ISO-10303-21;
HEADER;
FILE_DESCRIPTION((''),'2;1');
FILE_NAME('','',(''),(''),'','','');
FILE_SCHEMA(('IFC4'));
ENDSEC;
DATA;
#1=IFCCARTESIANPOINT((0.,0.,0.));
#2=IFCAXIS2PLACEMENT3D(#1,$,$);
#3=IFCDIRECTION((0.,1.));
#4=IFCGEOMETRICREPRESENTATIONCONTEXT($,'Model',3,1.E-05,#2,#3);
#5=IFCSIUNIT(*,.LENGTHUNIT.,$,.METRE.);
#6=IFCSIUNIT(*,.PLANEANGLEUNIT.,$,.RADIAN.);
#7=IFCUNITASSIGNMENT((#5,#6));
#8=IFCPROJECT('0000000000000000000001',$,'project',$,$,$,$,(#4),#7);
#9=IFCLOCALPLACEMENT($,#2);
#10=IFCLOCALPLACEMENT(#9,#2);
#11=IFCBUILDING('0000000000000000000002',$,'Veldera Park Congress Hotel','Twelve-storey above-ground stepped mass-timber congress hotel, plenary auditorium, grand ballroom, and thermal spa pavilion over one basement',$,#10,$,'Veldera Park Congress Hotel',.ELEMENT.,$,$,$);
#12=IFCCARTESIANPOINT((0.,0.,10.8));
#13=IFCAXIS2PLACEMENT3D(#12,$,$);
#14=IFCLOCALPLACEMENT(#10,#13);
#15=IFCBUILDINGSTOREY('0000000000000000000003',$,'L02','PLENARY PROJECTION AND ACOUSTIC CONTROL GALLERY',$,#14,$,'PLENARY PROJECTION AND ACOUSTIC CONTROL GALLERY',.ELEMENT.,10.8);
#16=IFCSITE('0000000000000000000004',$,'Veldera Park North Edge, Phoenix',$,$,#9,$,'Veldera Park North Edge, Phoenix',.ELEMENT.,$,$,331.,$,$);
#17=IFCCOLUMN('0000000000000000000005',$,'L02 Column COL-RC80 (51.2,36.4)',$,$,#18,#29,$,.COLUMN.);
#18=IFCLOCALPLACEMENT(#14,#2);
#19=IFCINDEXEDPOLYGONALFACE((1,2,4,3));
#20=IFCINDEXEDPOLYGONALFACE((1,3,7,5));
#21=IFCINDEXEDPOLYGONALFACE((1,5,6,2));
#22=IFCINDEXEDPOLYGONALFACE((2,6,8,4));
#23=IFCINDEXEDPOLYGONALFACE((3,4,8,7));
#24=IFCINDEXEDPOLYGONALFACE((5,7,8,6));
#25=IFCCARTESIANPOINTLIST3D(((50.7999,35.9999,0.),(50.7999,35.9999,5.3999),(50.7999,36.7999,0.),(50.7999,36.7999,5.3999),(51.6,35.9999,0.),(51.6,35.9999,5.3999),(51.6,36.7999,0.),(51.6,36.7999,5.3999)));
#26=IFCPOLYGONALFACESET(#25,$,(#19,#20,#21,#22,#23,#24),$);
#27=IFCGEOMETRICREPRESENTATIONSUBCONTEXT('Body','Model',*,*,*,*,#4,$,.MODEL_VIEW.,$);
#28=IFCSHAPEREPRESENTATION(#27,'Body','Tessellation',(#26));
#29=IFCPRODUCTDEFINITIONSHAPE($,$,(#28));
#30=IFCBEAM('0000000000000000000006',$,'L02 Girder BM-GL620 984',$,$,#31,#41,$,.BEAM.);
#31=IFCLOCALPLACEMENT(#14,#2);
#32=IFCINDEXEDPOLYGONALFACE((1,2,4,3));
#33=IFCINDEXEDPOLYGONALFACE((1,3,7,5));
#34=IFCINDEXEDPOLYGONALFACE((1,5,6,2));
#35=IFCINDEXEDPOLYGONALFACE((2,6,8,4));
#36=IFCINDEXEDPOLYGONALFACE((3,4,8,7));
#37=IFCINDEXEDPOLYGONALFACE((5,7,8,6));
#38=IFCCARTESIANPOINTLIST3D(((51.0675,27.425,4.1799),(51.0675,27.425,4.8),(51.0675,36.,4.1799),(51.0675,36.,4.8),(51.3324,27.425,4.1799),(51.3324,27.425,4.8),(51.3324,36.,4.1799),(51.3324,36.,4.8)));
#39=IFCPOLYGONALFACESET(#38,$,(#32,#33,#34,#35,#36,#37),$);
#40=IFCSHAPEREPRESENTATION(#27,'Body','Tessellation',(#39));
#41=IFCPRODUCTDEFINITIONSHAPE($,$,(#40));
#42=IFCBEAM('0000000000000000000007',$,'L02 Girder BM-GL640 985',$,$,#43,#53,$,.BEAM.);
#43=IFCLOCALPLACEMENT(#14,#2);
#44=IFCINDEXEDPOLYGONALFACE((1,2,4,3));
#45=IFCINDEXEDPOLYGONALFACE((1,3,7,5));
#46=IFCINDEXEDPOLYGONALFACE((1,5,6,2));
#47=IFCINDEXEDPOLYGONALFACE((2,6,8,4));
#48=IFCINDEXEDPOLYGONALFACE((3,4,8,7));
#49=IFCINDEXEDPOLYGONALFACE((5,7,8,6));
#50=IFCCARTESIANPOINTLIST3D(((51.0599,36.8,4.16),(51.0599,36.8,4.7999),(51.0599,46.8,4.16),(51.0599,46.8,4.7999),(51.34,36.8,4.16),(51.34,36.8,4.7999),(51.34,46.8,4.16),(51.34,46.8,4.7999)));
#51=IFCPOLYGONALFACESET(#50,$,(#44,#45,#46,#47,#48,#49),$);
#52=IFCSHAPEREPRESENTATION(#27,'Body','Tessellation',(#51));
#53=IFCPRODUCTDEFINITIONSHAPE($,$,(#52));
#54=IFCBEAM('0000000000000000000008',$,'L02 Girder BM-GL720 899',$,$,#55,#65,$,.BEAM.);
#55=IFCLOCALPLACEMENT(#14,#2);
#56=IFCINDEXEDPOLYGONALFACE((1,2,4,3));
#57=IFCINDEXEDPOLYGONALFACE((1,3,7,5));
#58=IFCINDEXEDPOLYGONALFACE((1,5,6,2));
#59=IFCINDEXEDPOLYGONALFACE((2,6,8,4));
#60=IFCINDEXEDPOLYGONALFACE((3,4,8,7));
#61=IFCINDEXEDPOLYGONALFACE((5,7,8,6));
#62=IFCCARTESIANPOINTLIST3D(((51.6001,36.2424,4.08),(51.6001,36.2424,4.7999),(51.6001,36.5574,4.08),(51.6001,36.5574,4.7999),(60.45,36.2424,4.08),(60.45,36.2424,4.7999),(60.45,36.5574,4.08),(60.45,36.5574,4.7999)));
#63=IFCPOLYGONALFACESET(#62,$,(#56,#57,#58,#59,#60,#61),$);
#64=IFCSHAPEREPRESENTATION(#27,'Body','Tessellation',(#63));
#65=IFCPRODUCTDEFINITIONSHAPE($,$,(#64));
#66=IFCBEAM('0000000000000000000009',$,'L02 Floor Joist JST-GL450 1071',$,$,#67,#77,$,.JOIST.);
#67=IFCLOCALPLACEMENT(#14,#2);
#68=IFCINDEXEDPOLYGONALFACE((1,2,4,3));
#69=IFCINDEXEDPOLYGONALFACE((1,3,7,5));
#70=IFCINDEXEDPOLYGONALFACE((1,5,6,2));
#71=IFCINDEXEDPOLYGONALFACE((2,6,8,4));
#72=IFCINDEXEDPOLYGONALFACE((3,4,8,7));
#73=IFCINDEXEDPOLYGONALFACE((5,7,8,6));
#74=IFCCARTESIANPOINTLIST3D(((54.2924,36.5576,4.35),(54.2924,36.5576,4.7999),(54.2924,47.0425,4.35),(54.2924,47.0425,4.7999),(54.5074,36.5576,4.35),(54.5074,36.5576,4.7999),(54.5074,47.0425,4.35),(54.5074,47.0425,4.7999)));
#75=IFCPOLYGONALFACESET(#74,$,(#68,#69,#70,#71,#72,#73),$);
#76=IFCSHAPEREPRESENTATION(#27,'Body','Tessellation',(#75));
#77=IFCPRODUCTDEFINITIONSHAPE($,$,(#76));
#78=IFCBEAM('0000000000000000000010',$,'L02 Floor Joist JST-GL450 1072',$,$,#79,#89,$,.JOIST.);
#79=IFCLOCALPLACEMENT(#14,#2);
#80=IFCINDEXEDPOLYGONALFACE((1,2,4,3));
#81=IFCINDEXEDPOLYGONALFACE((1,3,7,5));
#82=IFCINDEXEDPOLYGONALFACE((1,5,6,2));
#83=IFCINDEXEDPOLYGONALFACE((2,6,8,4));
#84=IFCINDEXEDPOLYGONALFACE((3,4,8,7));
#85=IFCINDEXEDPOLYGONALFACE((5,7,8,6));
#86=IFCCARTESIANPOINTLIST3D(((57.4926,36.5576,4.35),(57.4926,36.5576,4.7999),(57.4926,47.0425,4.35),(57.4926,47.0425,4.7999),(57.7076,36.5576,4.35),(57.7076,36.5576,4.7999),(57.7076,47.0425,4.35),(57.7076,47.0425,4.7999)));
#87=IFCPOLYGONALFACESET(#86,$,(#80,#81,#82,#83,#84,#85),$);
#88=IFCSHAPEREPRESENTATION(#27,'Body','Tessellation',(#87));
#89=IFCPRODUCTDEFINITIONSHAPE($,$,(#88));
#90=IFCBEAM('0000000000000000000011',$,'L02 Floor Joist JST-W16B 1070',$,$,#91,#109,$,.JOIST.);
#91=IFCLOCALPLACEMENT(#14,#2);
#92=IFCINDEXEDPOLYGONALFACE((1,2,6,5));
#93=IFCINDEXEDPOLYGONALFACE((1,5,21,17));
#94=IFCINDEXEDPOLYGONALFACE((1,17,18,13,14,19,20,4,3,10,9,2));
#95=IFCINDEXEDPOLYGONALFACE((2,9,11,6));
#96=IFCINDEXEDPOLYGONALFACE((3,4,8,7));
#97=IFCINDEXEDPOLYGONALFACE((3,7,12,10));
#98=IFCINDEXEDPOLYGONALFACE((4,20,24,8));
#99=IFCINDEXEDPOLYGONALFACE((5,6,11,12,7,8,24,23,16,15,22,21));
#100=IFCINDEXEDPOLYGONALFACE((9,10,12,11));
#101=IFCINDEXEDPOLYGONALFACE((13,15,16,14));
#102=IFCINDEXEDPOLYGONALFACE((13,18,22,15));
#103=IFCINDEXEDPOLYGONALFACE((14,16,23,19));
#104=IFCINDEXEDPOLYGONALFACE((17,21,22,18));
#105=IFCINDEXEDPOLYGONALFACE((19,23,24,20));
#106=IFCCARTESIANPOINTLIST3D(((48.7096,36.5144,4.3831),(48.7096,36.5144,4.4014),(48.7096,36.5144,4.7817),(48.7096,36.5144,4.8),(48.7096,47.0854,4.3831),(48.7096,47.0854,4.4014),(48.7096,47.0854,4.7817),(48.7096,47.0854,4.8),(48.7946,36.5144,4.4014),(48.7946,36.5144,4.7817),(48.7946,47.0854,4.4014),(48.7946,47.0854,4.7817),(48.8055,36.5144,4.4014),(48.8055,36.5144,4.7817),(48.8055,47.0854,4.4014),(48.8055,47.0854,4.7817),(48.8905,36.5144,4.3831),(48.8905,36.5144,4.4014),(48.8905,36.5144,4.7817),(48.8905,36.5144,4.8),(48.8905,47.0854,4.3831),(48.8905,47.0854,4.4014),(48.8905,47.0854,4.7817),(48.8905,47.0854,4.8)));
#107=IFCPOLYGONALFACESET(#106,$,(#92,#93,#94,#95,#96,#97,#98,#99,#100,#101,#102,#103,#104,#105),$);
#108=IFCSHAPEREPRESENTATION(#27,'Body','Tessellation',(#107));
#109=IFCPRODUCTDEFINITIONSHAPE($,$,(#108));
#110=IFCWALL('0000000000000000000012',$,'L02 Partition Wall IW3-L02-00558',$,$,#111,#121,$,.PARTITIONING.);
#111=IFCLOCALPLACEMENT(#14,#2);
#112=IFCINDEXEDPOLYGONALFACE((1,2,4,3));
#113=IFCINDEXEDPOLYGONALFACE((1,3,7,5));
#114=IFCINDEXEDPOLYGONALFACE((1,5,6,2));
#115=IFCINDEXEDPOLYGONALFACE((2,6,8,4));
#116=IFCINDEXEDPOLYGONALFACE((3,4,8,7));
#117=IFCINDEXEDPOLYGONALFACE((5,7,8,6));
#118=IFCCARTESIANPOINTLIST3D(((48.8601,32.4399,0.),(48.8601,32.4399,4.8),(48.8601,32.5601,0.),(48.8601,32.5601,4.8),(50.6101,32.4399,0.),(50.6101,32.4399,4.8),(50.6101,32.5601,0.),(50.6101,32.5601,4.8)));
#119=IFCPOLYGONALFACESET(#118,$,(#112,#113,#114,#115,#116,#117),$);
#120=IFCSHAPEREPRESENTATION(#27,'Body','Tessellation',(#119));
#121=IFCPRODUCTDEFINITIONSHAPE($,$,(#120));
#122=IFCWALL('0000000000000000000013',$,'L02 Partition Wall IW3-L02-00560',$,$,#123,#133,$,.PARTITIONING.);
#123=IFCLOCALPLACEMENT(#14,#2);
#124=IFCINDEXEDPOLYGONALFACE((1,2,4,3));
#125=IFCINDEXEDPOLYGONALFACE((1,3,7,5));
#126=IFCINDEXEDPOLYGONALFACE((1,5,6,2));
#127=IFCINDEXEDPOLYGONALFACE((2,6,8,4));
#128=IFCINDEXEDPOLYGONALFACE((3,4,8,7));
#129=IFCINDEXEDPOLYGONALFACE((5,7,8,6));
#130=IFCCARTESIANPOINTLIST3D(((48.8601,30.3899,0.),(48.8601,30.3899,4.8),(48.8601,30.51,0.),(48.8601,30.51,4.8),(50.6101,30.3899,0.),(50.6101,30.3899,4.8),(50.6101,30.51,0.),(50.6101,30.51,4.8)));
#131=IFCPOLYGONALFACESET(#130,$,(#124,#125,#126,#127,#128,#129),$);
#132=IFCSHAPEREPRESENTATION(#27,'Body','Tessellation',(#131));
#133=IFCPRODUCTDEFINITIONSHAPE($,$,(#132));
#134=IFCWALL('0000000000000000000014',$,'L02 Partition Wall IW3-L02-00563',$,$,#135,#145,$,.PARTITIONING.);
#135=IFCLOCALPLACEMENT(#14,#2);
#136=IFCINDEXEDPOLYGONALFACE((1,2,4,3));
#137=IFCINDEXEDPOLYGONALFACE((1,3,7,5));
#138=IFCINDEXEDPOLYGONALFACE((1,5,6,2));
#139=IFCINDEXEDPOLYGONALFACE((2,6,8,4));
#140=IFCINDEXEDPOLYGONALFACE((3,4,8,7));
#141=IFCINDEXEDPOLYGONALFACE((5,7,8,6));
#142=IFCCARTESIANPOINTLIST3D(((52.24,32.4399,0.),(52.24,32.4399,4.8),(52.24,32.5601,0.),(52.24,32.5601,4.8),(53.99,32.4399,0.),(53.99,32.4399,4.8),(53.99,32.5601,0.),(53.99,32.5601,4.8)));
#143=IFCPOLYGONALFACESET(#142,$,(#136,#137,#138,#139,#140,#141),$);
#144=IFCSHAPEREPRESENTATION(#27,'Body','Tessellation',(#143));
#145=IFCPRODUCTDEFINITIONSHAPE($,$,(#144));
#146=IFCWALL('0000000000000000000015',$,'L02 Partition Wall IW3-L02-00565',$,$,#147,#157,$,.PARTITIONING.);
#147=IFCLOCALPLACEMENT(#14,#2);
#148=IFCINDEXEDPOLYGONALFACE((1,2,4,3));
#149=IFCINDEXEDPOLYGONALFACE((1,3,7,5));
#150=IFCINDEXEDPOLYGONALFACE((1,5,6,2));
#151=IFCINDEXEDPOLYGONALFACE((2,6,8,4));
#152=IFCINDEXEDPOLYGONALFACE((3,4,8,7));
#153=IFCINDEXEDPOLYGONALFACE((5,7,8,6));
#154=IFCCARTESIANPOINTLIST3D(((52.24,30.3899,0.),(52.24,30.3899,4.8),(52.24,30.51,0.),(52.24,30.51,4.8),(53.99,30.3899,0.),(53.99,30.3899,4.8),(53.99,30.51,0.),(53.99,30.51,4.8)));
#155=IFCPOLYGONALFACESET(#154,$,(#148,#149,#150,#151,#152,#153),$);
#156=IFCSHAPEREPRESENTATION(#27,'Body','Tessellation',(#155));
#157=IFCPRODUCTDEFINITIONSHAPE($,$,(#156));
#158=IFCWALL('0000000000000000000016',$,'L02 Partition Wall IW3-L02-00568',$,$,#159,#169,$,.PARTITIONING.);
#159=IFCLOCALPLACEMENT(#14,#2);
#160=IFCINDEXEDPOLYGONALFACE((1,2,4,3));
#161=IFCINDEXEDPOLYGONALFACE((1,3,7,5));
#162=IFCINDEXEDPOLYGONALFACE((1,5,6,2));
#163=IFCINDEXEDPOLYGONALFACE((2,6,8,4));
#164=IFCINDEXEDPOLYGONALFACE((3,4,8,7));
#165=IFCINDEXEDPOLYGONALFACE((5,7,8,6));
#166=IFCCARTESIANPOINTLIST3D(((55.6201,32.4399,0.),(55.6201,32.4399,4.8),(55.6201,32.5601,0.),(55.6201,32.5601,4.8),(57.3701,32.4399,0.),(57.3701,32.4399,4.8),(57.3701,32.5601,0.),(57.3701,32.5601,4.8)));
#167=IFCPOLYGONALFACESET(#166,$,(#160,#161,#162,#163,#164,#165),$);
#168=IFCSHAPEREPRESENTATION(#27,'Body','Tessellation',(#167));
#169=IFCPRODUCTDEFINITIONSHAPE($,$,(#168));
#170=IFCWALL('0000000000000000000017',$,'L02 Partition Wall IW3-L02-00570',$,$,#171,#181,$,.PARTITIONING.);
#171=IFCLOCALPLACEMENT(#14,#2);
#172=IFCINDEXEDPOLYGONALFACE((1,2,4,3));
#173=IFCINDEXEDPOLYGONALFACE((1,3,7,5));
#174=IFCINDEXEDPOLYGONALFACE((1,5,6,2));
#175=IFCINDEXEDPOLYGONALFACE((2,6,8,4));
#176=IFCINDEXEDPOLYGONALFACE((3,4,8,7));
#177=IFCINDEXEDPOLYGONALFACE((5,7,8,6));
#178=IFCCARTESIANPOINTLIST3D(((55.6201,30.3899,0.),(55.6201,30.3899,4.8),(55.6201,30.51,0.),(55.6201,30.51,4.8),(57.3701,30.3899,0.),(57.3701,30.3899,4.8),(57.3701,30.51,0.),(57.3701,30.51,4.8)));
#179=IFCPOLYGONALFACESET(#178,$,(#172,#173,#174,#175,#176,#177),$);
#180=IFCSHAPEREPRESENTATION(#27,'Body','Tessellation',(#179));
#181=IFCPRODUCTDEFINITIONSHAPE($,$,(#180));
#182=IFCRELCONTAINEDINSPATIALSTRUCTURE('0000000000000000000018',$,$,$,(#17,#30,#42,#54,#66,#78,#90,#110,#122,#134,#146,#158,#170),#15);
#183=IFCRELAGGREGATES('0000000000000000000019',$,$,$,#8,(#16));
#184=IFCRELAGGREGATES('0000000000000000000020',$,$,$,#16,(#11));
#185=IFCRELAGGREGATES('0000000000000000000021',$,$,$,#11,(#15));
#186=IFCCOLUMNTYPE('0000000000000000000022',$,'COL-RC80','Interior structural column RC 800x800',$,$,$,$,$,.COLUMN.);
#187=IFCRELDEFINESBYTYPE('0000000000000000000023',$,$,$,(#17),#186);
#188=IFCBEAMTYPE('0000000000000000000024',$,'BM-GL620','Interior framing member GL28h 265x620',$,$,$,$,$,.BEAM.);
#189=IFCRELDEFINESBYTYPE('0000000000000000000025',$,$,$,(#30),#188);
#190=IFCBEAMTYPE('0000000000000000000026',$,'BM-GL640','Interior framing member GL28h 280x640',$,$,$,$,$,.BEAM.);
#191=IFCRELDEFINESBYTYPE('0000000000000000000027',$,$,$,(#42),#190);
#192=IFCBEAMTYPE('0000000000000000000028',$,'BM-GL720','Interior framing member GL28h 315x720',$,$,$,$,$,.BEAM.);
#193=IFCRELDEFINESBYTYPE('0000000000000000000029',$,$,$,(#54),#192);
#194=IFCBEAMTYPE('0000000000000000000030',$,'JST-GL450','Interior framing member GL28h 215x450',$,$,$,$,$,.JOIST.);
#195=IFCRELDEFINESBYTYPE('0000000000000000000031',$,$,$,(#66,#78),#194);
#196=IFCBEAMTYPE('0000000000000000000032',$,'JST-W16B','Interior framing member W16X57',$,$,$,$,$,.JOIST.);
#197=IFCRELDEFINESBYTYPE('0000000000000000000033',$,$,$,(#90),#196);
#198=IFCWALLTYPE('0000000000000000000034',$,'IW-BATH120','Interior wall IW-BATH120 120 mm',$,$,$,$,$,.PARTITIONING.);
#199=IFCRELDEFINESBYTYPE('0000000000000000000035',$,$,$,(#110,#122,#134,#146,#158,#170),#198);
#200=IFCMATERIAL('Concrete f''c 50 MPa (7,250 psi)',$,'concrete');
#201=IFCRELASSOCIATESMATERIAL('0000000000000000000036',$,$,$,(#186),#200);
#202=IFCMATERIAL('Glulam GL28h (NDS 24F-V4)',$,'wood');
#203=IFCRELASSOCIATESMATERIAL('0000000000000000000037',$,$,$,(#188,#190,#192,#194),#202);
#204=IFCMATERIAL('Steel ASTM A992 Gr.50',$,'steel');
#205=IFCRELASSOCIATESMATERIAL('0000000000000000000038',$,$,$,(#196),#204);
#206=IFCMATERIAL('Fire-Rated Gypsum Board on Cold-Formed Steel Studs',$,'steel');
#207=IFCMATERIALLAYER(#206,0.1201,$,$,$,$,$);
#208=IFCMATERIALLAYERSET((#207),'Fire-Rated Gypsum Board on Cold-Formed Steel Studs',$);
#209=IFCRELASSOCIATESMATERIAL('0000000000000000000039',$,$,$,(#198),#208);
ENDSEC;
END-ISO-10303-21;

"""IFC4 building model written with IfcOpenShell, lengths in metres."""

from ifc_helpers import new_model, si_unit, direction, frame, frame_2d, origin, origin_2d, place, context, subcontext, project, spatial, rectangle, i_section, extrude, material, layer, layer_set, material_profile, profile_set, type_object, element, save


model = new_model("IFC4")

# Units and contexts
model_context = context("Model", 3, precision=1e-05, world=origin(), true_north=direction((0.0, 1.0)))
body_context = subcontext(model_context, "Body", "Model", "MODEL_VIEW")
ifc_project = project(units=[si_unit("LENGTHUNIT", "METRE"), si_unit("PLANEANGLEUNIT", "RADIAN")], contexts=[model_context])

# Site, building, storey
site_placement = place(None, origin())
site = spatial("IfcSite", under=ifc_project, at=site_placement, Name="Veldera Park North Edge, Phoenix", LongName="Veldera Park North Edge, Phoenix", CompositionType="ELEMENT", RefElevation=331.0)
building_placement = place(site_placement, origin())
building = spatial("IfcBuilding", under=site, at=building_placement, Name="Veldera Park Congress Hotel", Description="Twelve-storey above-ground stepped mass-timber congress hotel, plenary auditorium, grand ballroom, and thermal spa pavilion over one basement", LongName="Veldera Park Congress Hotel", CompositionType="ELEMENT")
storey_placement = place(building_placement, frame((0.0, 0.0, 10.8)))
storey = spatial("IfcBuildingStorey", under=building, at=storey_placement, Name="L02", Description="PLENARY PROJECTION AND ACOUSTIC CONTROL GALLERY", LongName="PLENARY PROJECTION AND ACOUSTIC CONTROL GALLERY", CompositionType="ELEMENT", Elevation=10.8)

# Column
ifc_material_1 = material(Name="Concrete f'c 50 MPa (7,250 psi)", Category="concrete")
ifc_material_profile_1 = material_profile(ifc_material_1, rectangle(XDim=0.8, YDim=0.8, at=origin_2d()), Name="RC 800x800")
ifc_profile_set_1 = profile_set([ifc_material_profile_1], Name="Concrete f'c 50 MPa (7,250 psi)")
column_type = type_object("IfcColumnType", Name="COL-RC80", Description="Interior structural column RC 800x800", PredefinedType="COLUMN", material=ifc_profile_set_1)
column_placement = place(storey_placement, frame((51.2, 36.3999, 0.0), z_axis=(0.0, 0.0, 1.0), x_axis=(1.0, 0.0, 0.0)))
element("IfcColumn", 1, at=column_placement, inside=storey, type_object=column_type, Name="L02 Column COL-RC80 (51.2,36.4)", PredefinedType="COLUMN", context=body_context, shape_type="SweptSolid", body=[
    extrude(rectangle(XDim=0.8, YDim=0.8, at=origin_2d()), origin(), (0.0, 0.0, 1.0), 5.3999),
])

# Beams
ifc_material_2 = material(Name="Glulam GL28h (NDS 24F-V4)", Category="wood")
ifc_material_profile_2 = material_profile(ifc_material_2, rectangle(XDim=0.2649, YDim=0.6201, at=origin_2d()), Name="GL28h 265x620")
ifc_profile_set_2 = profile_set([ifc_material_profile_2], Name="Glulam GL28h (NDS 24F-V4)")
beam_type_1 = type_object("IfcBeamType", Name="BM-GL620", Description="Interior framing member GL28h 265x620", PredefinedType="BEAM", material=ifc_profile_set_2)
beam_1_placement = place(storey_placement, frame((51.2, 27.425, 4.49), z_axis=(0.0, 1.0, 0.0), x_axis=(-1.0, 0.0, 0.0)))
element("IfcBeam", 2, at=beam_1_placement, inside=storey, type_object=beam_type_1, Name="L02 Girder BM-GL620 984", PredefinedType="BEAM", context=body_context, shape_type="SweptSolid", body=[
    extrude(rectangle(XDim=0.2649, YDim=0.6201, at=origin_2d()), origin(), (0.0, 0.0, 1.0), 8.575),
])
ifc_material_profile_3 = material_profile(ifc_material_2, rectangle(XDim=0.28, YDim=0.6399, at=origin_2d()), Name="GL28h 280x640")
ifc_profile_set_3 = profile_set([ifc_material_profile_3], Name="Glulam GL28h (NDS 24F-V4)")
beam_type_2 = type_object("IfcBeamType", Name="BM-GL640", Description="Interior framing member GL28h 280x640", PredefinedType="BEAM", material=ifc_profile_set_3)
beam_2_placement = place(storey_placement, frame((51.2, 36.8, 4.48), z_axis=(0.0, 1.0, 0.0), x_axis=(-1.0, 0.0, 0.0)))
element("IfcBeam", 3, at=beam_2_placement, inside=storey, type_object=beam_type_2, Name="L02 Girder BM-GL640 985", PredefinedType="BEAM", context=body_context, shape_type="SweptSolid", body=[
    extrude(rectangle(XDim=0.28, YDim=0.6399, at=origin_2d()), origin(), (0.0, 0.0, 1.0), 10.0),
])
ifc_material_profile_4 = material_profile(ifc_material_2, rectangle(XDim=0.3149, YDim=0.72, at=origin_2d()), Name="GL28h 315x720")
ifc_profile_set_4 = profile_set([ifc_material_profile_4], Name="Glulam GL28h (NDS 24F-V4)")
beam_type_3 = type_object("IfcBeamType", Name="BM-GL720", Description="Interior framing member GL28h 315x720", PredefinedType="BEAM", material=ifc_profile_set_4)
beam_3_placement = place(storey_placement, frame((51.6001, 36.3999, 4.4399), z_axis=(1.0, 0.0, 0.0), x_axis=(0.0, 1.0, 0.0)))
element("IfcBeam", 4, at=beam_3_placement, inside=storey, type_object=beam_type_3, Name="L02 Girder BM-GL720 899", PredefinedType="BEAM", context=body_context, shape_type="SweptSolid", body=[
    extrude(rectangle(XDim=0.3149, YDim=0.72, at=origin_2d()), origin(), (0.0, 0.0, 1.0), 8.8499),
])
ifc_material_profile_5 = material_profile(ifc_material_2, rectangle(XDim=0.2151, YDim=0.45, at=origin_2d()), Name="GL28h 215x450")
ifc_profile_set_5 = profile_set([ifc_material_profile_5], Name="Glulam GL28h (NDS 24F-V4)")
beam_type_4 = type_object("IfcBeamType", Name="JST-GL450", Description="Interior framing member GL28h 215x450", PredefinedType="JOIST", material=ifc_profile_set_5)
for number, where, z_axis, x_axis, name in (
    (5, (54.3999, 36.5576, 4.575), (0.0, 1.0, 0.0), (-1.0, 0.0, 0.0), "L02 Floor Joist JST-GL450 1071"),
    (6, (57.6001, 36.5576, 4.575), (0.0, 1.0, 0.0), (-1.0, 0.0, 0.0), "L02 Floor Joist JST-GL450 1072"),
):
    element("IfcBeam", number, at=place(storey_placement, frame(where, z_axis=z_axis, x_axis=x_axis)), inside=storey, type_object=beam_type_4, Name=name, PredefinedType="JOIST", context=body_context, shape_type="SweptSolid", body=[
        extrude(rectangle(XDim=0.2151, YDim=0.45, at=origin_2d()), origin(), (0.0, 0.0, 1.0), 10.4849),
    ])
ifc_material_3 = material(Name="Steel ASTM A992 Gr.50", Category="steel")
ifc_material_profile_6 = material_profile(ifc_material_3, i_section(OverallWidth=0.1809, OverallDepth=0.417, WebThickness=0.011, FlangeThickness=0.0183, at=origin_2d()), Name="W16X57")
ifc_profile_set_6 = profile_set([ifc_material_profile_6], Name="Steel ASTM A992 Gr.50")
beam_type_5 = type_object("IfcBeamType", Name="JST-W16B", Description="Interior framing member W16X57", PredefinedType="JOIST", material=ifc_profile_set_6)
beam_4_placement = place(storey_placement, frame((48.8, 36.5144, 4.5916), z_axis=(0.0, 1.0, 0.0), x_axis=(-1.0, 0.0, 0.0)))
element("IfcBeam", 7, at=beam_4_placement, inside=storey, type_object=beam_type_5, Name="L02 Floor Joist JST-W16B 1070", PredefinedType="JOIST", context=body_context, shape_type="SweptSolid", body=[
    extrude(i_section(OverallWidth=0.1809, OverallDepth=0.417, WebThickness=0.011, FlangeThickness=0.0183, at=origin_2d()), origin(), (0.0, 0.0, 1.0), 10.571),
])

# Shared definitions
ifc_material_4 = material(Name="Fire-Rated Gypsum Board on Cold-Formed Steel Studs", Category="steel")
ifc_layer_1 = layer(ifc_material_4, 0.1201)
ifc_layer_set_1 = layer_set([ifc_layer_1], Name="Fire-Rated Gypsum Board on Cold-Formed Steel Studs")
wall_type_1 = type_object("IfcWallType", Name="IW-BATH120", Description="Interior wall IW-BATH120 120 mm", PredefinedType="PARTITIONING", material=ifc_layer_set_1)

# Wall
wall_1_placement = place(storey_placement, frame((48.8601, 32.5, 0.0), z_axis=(0.0, 0.0, 1.0), x_axis=(1.0, 0.0, 0.0)))
element("IfcWall", 8, at=wall_1_placement, inside=storey, type_object=wall_type_1, Name="L02 Partition Wall IW3-L02-00558", PredefinedType="PARTITIONING", context=body_context, shape_type="SweptSolid", body=[
    extrude(rectangle(XDim=1.75, YDim=0.1201, at=frame_2d((0.875, 0.0))), origin(), (0.0, 0.0, 1.0), 4.8),
])

# Walls
for number, where, z_axis, x_axis, name in (
    (9, (48.8601, 30.45, 0.0), (0.0, 0.0, 1.0), (1.0, 0.0, 0.0), "L02 Partition Wall IW3-L02-00560"),
    (10, (52.24, 32.5, 0.0), (0.0, 0.0, 1.0), (1.0, 0.0, 0.0), "L02 Partition Wall IW3-L02-00563"),
):
    element("IfcWall", number, at=place(storey_placement, frame(where, z_axis=z_axis, x_axis=x_axis)), inside=storey, type_object=wall_type_1, Name=name, PredefinedType="PARTITIONING", context=body_context, shape_type="SweptSolid", body=[
        extrude(rectangle(XDim=1.75, YDim=0.1201, at=frame_2d((0.875, 0.0))), origin(), (0.0, 0.0, 1.0), 4.8),
    ])

# Walls
for number, where, z_axis, x_axis, name in (
    (11, (52.24, 30.45, 0.0), (0.0, 0.0, 1.0), (1.0, 0.0, 0.0), "L02 Partition Wall IW3-L02-00565"),
    (12, (55.6201, 32.5, 0.0), (0.0, 0.0, 1.0), (1.0, 0.0, 0.0), "L02 Partition Wall IW3-L02-00568"),
):
    element("IfcWall", number, at=place(storey_placement, frame(where, z_axis=z_axis, x_axis=x_axis)), inside=storey, type_object=wall_type_1, Name=name, PredefinedType="PARTITIONING", context=body_context, shape_type="SweptSolid", body=[
        extrude(rectangle(XDim=1.75, YDim=0.1201, at=frame_2d((0.875, 0.0))), origin(), (0.0, 0.0, 1.0), 4.8),
    ])

# Wall
wall_2_placement = place(storey_placement, frame((55.6201, 30.45, 0.0), z_axis=(0.0, 0.0, 1.0), x_axis=(1.0, 0.0, 0.0)))
element("IfcWall", 13, at=wall_2_placement, inside=storey, type_object=wall_type_1, Name="L02 Partition Wall IW3-L02-00570", PredefinedType="PARTITIONING", context=body_context, shape_type="SweptSolid", body=[
    extrude(rectangle(XDim=1.75, YDim=0.1201, at=frame_2d((0.875, 0.0))), origin(), (0.0, 0.0, 1.0), 4.8),
])

save(model, "model.ifc")
